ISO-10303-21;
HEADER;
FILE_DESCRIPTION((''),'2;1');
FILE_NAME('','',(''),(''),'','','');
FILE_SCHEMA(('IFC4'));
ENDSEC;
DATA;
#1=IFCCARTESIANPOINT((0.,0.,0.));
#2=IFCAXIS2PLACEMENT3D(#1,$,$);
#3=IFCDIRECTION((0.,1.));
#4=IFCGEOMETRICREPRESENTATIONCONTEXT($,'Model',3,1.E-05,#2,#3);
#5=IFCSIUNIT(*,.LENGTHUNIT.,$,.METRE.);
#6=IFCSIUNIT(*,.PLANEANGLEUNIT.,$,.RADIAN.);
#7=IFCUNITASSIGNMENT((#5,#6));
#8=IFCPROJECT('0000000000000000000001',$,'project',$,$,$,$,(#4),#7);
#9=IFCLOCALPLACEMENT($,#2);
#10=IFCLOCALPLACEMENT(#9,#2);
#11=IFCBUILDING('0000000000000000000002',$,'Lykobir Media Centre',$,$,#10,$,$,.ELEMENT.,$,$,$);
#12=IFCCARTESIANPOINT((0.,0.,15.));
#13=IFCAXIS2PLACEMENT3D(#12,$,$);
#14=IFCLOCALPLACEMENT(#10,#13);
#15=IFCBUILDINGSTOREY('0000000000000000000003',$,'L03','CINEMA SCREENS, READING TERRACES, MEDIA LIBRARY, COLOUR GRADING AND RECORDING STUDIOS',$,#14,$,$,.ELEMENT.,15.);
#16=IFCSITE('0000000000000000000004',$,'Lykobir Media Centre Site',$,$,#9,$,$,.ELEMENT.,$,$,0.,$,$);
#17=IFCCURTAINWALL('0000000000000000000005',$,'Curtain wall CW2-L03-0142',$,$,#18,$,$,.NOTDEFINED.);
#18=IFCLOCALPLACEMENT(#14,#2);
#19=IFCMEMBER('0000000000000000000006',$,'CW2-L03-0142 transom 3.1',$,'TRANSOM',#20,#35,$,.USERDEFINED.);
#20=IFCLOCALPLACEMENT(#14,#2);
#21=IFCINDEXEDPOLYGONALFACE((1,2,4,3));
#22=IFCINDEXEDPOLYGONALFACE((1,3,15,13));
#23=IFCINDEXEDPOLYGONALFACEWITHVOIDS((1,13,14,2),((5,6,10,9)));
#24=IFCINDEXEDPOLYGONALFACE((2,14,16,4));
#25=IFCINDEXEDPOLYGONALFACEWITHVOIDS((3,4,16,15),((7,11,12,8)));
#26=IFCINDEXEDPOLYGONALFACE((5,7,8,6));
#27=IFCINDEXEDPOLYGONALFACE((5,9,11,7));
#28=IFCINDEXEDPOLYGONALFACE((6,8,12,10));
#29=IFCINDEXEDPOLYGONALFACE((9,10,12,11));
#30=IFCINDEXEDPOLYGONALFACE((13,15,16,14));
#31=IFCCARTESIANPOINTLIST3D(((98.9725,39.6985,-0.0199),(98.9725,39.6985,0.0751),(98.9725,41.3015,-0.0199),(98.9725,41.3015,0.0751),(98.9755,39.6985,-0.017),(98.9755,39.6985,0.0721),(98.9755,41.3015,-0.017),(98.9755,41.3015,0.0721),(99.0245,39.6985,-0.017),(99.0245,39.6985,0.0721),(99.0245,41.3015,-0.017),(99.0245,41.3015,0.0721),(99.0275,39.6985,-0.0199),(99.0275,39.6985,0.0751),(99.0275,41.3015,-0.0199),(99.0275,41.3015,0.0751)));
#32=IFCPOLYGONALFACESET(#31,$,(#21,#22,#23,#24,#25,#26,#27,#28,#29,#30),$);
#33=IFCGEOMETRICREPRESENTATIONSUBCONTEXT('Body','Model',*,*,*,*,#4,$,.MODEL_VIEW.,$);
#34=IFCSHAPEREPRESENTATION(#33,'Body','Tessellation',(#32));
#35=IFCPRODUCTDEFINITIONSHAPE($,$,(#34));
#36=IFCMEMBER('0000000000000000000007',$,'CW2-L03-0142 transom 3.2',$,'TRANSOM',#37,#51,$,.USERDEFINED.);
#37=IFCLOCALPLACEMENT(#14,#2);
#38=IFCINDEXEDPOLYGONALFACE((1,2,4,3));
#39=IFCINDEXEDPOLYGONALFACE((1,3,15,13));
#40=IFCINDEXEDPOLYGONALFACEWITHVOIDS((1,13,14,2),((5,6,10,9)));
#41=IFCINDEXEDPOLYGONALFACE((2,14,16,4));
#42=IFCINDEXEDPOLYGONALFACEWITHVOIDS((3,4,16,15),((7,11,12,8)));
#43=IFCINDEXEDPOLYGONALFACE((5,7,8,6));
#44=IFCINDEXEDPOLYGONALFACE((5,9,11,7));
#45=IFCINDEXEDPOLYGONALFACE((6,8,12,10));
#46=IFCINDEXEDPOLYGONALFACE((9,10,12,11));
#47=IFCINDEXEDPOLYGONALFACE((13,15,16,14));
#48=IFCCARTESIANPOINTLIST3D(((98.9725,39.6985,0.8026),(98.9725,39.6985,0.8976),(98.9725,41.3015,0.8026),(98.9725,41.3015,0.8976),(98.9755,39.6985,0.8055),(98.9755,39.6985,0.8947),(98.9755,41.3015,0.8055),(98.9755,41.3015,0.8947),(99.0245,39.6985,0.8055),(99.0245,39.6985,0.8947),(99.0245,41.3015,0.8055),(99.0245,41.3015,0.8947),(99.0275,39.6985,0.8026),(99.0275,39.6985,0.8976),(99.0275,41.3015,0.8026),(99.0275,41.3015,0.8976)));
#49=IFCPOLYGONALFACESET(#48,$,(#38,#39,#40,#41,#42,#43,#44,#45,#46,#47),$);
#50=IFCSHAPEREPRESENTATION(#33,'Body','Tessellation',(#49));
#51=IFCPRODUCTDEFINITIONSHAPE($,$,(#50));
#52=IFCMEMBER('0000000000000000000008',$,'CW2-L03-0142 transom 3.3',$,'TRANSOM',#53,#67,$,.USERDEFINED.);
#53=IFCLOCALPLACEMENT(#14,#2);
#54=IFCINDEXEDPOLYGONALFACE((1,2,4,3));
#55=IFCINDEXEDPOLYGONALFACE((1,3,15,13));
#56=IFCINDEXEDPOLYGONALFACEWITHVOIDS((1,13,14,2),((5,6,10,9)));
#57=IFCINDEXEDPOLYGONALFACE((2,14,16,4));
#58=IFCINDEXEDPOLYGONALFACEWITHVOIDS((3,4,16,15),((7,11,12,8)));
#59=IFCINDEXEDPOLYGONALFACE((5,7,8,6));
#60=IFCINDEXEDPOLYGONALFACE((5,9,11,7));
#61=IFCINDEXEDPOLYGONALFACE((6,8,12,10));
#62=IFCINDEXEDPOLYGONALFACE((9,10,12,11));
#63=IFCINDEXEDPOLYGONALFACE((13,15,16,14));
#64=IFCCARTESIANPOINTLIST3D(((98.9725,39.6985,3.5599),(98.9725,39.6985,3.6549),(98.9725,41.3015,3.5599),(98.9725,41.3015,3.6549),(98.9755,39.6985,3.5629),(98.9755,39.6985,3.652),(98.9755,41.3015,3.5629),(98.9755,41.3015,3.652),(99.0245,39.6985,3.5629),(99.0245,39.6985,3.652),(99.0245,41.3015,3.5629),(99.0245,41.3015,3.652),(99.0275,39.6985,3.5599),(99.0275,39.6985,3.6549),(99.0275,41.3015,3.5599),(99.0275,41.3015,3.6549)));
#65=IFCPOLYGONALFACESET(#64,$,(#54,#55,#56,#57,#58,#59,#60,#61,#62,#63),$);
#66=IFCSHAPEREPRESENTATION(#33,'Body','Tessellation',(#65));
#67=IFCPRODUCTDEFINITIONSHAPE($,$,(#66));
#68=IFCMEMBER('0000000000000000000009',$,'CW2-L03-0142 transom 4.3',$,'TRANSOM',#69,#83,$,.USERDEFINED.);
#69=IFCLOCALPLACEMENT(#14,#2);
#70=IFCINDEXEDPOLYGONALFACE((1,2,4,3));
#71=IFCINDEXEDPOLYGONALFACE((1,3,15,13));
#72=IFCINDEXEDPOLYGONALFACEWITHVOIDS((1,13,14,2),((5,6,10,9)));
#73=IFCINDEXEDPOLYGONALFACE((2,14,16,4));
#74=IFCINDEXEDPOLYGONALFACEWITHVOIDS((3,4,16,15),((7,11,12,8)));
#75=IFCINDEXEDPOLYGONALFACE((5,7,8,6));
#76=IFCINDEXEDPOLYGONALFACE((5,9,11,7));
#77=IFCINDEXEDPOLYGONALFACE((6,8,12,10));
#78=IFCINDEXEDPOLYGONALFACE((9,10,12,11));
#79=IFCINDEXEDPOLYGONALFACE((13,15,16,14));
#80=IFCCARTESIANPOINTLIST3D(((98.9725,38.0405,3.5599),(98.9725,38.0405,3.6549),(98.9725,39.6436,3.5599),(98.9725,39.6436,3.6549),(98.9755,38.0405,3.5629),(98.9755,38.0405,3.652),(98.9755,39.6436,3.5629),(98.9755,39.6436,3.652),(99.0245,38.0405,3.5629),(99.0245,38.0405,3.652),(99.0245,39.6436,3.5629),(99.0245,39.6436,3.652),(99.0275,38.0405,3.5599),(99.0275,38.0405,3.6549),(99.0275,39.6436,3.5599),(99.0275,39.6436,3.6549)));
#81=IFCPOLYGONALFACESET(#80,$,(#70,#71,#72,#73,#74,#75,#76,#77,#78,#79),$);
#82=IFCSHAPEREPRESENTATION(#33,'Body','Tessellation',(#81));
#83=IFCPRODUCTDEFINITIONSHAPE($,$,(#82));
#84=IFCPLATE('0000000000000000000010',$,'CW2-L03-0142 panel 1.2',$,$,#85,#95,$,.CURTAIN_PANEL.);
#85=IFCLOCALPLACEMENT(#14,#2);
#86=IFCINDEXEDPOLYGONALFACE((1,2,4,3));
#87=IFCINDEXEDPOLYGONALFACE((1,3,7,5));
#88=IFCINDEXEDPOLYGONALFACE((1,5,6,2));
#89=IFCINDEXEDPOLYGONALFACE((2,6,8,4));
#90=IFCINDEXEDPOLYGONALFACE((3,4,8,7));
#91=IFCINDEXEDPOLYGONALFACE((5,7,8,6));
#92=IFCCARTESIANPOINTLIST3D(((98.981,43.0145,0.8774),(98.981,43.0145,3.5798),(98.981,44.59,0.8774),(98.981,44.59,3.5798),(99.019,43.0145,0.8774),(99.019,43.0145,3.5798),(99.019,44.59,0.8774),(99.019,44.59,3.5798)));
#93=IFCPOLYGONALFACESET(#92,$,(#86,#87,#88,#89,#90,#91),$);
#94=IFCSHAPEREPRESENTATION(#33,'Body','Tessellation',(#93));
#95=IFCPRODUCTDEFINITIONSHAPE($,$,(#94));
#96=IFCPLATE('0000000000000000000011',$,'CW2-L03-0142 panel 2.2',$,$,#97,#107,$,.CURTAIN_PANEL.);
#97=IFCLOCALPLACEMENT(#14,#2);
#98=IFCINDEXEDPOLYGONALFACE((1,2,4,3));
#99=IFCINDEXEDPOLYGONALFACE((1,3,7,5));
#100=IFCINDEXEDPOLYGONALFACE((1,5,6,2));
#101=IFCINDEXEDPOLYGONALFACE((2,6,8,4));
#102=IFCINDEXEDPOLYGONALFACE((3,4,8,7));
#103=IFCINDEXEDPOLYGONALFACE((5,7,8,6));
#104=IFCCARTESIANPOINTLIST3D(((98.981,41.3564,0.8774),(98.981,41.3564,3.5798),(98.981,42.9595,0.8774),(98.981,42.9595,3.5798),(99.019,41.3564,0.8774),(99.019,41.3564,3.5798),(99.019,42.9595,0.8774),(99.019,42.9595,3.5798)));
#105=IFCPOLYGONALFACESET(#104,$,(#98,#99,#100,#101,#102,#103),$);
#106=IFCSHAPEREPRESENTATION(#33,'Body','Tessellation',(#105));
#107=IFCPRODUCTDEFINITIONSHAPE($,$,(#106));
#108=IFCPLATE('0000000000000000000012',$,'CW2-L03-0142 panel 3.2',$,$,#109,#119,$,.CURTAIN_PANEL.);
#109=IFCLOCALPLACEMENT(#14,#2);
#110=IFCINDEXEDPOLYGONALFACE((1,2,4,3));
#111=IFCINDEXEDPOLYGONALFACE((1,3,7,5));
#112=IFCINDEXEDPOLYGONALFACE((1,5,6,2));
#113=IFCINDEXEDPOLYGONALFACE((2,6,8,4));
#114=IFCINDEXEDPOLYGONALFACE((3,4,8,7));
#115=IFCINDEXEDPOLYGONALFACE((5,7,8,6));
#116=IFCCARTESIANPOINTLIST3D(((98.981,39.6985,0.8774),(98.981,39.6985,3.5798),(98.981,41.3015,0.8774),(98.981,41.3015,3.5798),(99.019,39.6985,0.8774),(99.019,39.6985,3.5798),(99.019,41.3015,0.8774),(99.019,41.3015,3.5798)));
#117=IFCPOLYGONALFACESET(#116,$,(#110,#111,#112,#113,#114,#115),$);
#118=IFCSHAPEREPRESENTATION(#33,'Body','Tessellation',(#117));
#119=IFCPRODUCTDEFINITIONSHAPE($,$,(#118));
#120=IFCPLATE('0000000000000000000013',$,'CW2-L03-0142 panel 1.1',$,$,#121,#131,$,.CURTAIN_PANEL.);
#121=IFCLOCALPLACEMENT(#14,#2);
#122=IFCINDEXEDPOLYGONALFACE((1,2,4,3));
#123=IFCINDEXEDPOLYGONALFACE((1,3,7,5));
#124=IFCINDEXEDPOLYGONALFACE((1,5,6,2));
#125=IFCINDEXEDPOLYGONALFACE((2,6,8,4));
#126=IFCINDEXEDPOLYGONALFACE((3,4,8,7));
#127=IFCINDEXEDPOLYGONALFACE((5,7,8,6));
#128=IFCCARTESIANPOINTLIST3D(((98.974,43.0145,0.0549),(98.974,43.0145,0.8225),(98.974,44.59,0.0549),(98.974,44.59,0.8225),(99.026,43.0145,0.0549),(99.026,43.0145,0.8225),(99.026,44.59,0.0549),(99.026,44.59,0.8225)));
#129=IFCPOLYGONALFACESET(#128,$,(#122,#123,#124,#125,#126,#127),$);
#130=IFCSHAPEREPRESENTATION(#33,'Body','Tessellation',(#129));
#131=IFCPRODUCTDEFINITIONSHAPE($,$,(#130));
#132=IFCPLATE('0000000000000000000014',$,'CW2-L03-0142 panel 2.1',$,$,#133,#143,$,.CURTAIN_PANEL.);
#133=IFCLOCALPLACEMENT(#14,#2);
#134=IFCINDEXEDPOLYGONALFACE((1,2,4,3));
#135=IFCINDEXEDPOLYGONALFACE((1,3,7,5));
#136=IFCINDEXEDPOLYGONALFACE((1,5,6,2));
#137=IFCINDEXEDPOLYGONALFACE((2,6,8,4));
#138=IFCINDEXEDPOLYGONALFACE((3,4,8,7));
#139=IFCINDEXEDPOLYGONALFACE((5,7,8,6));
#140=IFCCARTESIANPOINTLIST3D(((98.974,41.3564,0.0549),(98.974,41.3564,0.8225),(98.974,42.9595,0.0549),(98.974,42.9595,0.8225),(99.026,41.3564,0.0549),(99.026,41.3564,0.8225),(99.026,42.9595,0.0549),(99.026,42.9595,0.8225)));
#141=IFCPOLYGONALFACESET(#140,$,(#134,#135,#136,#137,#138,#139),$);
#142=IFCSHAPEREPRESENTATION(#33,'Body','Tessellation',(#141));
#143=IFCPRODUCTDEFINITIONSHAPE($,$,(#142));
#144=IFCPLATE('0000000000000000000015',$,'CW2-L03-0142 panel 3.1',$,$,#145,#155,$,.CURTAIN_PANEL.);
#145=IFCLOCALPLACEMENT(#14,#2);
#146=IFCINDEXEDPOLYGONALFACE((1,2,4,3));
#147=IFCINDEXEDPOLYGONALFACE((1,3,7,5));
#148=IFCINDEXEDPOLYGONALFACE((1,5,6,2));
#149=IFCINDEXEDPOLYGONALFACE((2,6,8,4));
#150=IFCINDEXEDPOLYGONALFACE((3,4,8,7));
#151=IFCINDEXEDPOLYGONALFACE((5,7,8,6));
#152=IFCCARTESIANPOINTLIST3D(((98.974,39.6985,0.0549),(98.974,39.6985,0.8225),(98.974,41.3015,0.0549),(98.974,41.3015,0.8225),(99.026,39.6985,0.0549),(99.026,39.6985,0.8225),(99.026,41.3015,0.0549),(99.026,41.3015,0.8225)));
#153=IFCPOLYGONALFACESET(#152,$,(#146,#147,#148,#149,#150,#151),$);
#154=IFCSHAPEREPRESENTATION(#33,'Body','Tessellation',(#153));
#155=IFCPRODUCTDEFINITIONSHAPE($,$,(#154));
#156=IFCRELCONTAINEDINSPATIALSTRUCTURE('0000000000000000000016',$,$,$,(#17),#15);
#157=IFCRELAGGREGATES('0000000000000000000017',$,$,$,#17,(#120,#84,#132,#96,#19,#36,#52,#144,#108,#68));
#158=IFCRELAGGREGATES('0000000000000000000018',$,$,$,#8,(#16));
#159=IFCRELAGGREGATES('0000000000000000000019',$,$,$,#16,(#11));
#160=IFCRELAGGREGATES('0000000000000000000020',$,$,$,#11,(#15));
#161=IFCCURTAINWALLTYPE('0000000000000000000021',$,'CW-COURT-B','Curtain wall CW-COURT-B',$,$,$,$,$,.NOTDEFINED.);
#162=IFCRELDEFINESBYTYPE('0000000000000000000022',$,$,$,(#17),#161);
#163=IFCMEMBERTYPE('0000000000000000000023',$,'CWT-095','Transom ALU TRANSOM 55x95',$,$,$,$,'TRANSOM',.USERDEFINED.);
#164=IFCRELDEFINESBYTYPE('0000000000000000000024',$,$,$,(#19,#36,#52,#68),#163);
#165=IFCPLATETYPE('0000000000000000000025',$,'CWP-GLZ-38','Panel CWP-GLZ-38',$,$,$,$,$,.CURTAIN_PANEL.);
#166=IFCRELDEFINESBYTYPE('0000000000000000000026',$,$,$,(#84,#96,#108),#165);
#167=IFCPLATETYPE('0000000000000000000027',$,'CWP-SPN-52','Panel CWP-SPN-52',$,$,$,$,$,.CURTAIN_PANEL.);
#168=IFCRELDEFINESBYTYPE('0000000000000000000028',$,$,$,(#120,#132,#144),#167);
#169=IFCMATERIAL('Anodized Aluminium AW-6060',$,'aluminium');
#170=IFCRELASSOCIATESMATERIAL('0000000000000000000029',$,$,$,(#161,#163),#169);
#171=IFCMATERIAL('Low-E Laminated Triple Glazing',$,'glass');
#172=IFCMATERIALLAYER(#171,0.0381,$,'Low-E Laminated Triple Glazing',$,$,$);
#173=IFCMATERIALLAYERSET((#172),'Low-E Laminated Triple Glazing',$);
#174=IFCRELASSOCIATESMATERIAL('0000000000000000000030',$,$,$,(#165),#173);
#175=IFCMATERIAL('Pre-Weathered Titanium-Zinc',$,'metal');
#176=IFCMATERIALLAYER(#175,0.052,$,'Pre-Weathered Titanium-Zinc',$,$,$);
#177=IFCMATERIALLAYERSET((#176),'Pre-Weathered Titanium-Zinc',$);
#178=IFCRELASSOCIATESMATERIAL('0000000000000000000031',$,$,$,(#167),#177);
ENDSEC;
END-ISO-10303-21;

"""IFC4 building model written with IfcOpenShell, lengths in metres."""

from ifc_helpers import new_model, si_unit, direction, frame, origin, origin_2d, place, context, subcontext, project, spatial, rectangle, hollow_rectangle, extrude, material, layer, layer_set, material_profile, profile_set, type_object, element, aggregate, save


model = new_model("IFC4")

# Units and contexts
model_context = context("Model", 3, precision=1e-05, world=origin(), true_north=direction((0.0, 1.0)))
body_context = subcontext(model_context, "Body", "Model", "MODEL_VIEW")
ifc_project = project(units=[si_unit("LENGTHUNIT", "METRE"), si_unit("PLANEANGLEUNIT", "RADIAN")], contexts=[model_context])

# Site, building, storey
site_placement = place(None, origin())
site = spatial("IfcSite", under=ifc_project, at=site_placement, Name="Lykobir Media Centre Site", CompositionType="ELEMENT", RefElevation=0.0)
building_placement = place(site_placement, origin())
building = spatial("IfcBuilding", under=site, at=building_placement, Name="Lykobir Media Centre", CompositionType="ELEMENT")
storey_placement = place(building_placement, frame((0.0, 0.0, 15.0)))
storey = spatial("IfcBuildingStorey", under=building, at=storey_placement, Name="L03", Description="CINEMA SCREENS, READING TERRACES, MEDIA LIBRARY, COLOUR GRADING AND RECORDING STUDIOS", CompositionType="ELEMENT", Elevation=15.0)

# Curtain wall, members, plates
ifc_material_1 = material(Name="Anodized Aluminium AW-6060", Category="aluminium")
curtain_wall_type = type_object("IfcCurtainWallType", Name="CW-COURT-B", Description="Curtain wall CW-COURT-B", PredefinedType="NOTDEFINED", material=ifc_material_1)
curtain_wall_placement = place(storey_placement, origin())
curtain_wall = element("IfcCurtainWall", 1, at=curtain_wall_placement, inside=storey, type_object=curtain_wall_type, Name="Curtain wall CW2-L03-0142", PredefinedType="NOTDEFINED")
ifc_material_profile_1 = material_profile(ifc_material_1, hollow_rectangle(XDim=0.0549, YDim=0.095, WallThickness=0.0029, at=origin_2d()), Name="ALU TRANSOM 55x95")
ifc_profile_set_1 = profile_set([ifc_material_profile_1], Name="Anodized Aluminium AW-6060")
member_type_1 = type_object("IfcMemberType", Name="CWT-095", Description="Transom ALU TRANSOM 55x95", ElementType="TRANSOM", PredefinedType="USERDEFINED", material=ifc_profile_set_1)
member_1_placement = place(storey_placement, frame((99.0, 41.3015, 0.0276), z_axis=(0.0, -1.0, 0.0), x_axis=(1.0, 0.0, 0.0)))
member_1 = element("IfcMember", 2, at=member_1_placement, type_object=member_type_1, Name="CW2-L03-0142 transom 3.1", ObjectType="TRANSOM", PredefinedType="USERDEFINED", context=body_context, shape_type="SweptSolid", body=[
    extrude(hollow_rectangle(XDim=0.0549, YDim=0.095, WallThickness=0.0029, at=origin_2d()), origin(), (0.0, 0.0, 1.0), 1.603),
])
member_2_placement = place(storey_placement, frame((99.0, 41.3015, 0.8501), z_axis=(0.0, -1.0, 0.0), x_axis=(1.0, 0.0, 0.0)))
member_2 = element("IfcMember", 3, at=member_2_placement, type_object=member_type_1, Name="CW2-L03-0142 transom 3.2", ObjectType="TRANSOM", PredefinedType="USERDEFINED", context=body_context, shape_type="SweptSolid", body=[
    extrude(hollow_rectangle(XDim=0.0549, YDim=0.095, WallThickness=0.0029, at=origin_2d()), origin(), (0.0, 0.0, 1.0), 1.603),
])
member_3_placement = place(storey_placement, frame((99.0, 41.3015, 3.6074), z_axis=(0.0, -1.0, 0.0), x_axis=(1.0, 0.0, 0.0)))
member_3 = element("IfcMember", 4, at=member_3_placement, type_object=member_type_1, Name="CW2-L03-0142 transom 3.3", ObjectType="TRANSOM", PredefinedType="USERDEFINED", context=body_context, shape_type="SweptSolid", body=[
    extrude(hollow_rectangle(XDim=0.0549, YDim=0.095, WallThickness=0.0029, at=origin_2d()), origin(), (0.0, 0.0, 1.0), 1.603),
])
member_4_placement = place(storey_placement, frame((99.0, 39.6436, 3.6074), z_axis=(0.0, -1.0, 0.0), x_axis=(1.0, 0.0, 0.0)))
member_4 = element("IfcMember", 5, at=member_4_placement, type_object=member_type_1, Name="CW2-L03-0142 transom 4.3", ObjectType="TRANSOM", PredefinedType="USERDEFINED", context=body_context, shape_type="SweptSolid", body=[
    extrude(hollow_rectangle(XDim=0.0549, YDim=0.095, WallThickness=0.0029, at=origin_2d()), origin(), (0.0, 0.0, 1.0), 1.603),
])
ifc_material_2 = material(Name="Low-E Laminated Triple Glazing", Category="glass")
ifc_layer_1 = layer(ifc_material_2, 0.0381, Name="Low-E Laminated Triple Glazing")
ifc_layer_set_1 = layer_set([ifc_layer_1], Name="Low-E Laminated Triple Glazing")
plate_type_1 = type_object("IfcPlateType", Name="CWP-GLZ-38", Description="Panel CWP-GLZ-38", PredefinedType="CURTAIN_PANEL", material=ifc_layer_set_1)
plate_1_placement = place(storey_placement, frame((99.0, 43.8022, 0.8774), z_axis=(0.0, 0.0, 1.0), x_axis=(0.0, -1.0, 0.0)))
plate_1 = element("IfcPlate", 6, at=plate_1_placement, type_object=plate_type_1, Name="CW2-L03-0142 panel 1.2", PredefinedType="CURTAIN_PANEL", context=body_context, shape_type="SweptSolid", body=[
    extrude(rectangle(XDim=1.5754, YDim=0.0381, at=origin_2d()), origin(), (0.0, 0.0, 1.0), 2.7024),
])
plate_2_placement = place(storey_placement, frame((99.0, 42.158, 0.8774), z_axis=(0.0, 0.0, 1.0), x_axis=(0.0, -1.0, 0.0)))
plate_2 = element("IfcPlate", 7, at=plate_2_placement, type_object=plate_type_1, Name="CW2-L03-0142 panel 2.2", PredefinedType="CURTAIN_PANEL", context=body_context, shape_type="SweptSolid", body=[
    extrude(rectangle(XDim=1.603, YDim=0.0381, at=origin_2d()), origin(), (0.0, 0.0, 1.0), 2.7024),
])
plate_3_placement = place(storey_placement, frame((99.0, 40.5, 0.8774), z_axis=(0.0, 0.0, 1.0), x_axis=(0.0, -1.0, 0.0)))
plate_3 = element("IfcPlate", 8, at=plate_3_placement, type_object=plate_type_1, Name="CW2-L03-0142 panel 3.2", PredefinedType="CURTAIN_PANEL", context=body_context, shape_type="SweptSolid", body=[
    extrude(rectangle(XDim=1.603, YDim=0.0381, at=origin_2d()), origin(), (0.0, 0.0, 1.0), 2.7024),
])
ifc_material_3 = material(Name="Pre-Weathered Titanium-Zinc", Category="metal")
ifc_layer_2 = layer(ifc_material_3, 0.052, Name="Pre-Weathered Titanium-Zinc")
ifc_layer_set_2 = layer_set([ifc_layer_2], Name="Pre-Weathered Titanium-Zinc")
plate_type_2 = type_object("IfcPlateType", Name="CWP-SPN-52", Description="Panel CWP-SPN-52", PredefinedType="CURTAIN_PANEL", material=ifc_layer_set_2)
plate_4_placement = place(storey_placement, frame((99.0, 43.8022, 0.0549), z_axis=(0.0, 0.0, 1.0), x_axis=(0.0, -1.0, 0.0)))
plate_4 = element("IfcPlate", 9, at=plate_4_placement, type_object=plate_type_2, Name="CW2-L03-0142 panel 1.1", PredefinedType="CURTAIN_PANEL", context=body_context, shape_type="SweptSolid", body=[
    extrude(rectangle(XDim=1.5754, YDim=0.052, at=origin_2d()), origin(), (0.0, 0.0, 1.0), 0.7676),
])
plate_5_placement = place(storey_placement, frame((99.0, 42.158, 0.0549), z_axis=(0.0, 0.0, 1.0), x_axis=(0.0, -1.0, 0.0)))
plate_5 = element("IfcPlate", 10, at=plate_5_placement, type_object=plate_type_2, Name="CW2-L03-0142 panel 2.1", PredefinedType="CURTAIN_PANEL", context=body_context, shape_type="SweptSolid", body=[
    extrude(rectangle(XDim=1.603, YDim=0.052, at=origin_2d()), origin(), (0.0, 0.0, 1.0), 0.7676),
])
plate_6_placement = place(storey_placement, frame((99.0, 40.5, 0.0549), z_axis=(0.0, 0.0, 1.0), x_axis=(0.0, -1.0, 0.0)))
plate_6 = element("IfcPlate", 11, at=plate_6_placement, type_object=plate_type_2, Name="CW2-L03-0142 panel 3.1", PredefinedType="CURTAIN_PANEL", context=body_context, shape_type="SweptSolid", body=[
    extrude(rectangle(XDim=1.603, YDim=0.052, at=origin_2d()), origin(), (0.0, 0.0, 1.0), 0.7676),
])
aggregate(curtain_wall, [plate_4, plate_1, plate_5, plate_2, member_1, member_2, member_3, plate_6, plate_3, member_4])

save(model, "model.ifc")
